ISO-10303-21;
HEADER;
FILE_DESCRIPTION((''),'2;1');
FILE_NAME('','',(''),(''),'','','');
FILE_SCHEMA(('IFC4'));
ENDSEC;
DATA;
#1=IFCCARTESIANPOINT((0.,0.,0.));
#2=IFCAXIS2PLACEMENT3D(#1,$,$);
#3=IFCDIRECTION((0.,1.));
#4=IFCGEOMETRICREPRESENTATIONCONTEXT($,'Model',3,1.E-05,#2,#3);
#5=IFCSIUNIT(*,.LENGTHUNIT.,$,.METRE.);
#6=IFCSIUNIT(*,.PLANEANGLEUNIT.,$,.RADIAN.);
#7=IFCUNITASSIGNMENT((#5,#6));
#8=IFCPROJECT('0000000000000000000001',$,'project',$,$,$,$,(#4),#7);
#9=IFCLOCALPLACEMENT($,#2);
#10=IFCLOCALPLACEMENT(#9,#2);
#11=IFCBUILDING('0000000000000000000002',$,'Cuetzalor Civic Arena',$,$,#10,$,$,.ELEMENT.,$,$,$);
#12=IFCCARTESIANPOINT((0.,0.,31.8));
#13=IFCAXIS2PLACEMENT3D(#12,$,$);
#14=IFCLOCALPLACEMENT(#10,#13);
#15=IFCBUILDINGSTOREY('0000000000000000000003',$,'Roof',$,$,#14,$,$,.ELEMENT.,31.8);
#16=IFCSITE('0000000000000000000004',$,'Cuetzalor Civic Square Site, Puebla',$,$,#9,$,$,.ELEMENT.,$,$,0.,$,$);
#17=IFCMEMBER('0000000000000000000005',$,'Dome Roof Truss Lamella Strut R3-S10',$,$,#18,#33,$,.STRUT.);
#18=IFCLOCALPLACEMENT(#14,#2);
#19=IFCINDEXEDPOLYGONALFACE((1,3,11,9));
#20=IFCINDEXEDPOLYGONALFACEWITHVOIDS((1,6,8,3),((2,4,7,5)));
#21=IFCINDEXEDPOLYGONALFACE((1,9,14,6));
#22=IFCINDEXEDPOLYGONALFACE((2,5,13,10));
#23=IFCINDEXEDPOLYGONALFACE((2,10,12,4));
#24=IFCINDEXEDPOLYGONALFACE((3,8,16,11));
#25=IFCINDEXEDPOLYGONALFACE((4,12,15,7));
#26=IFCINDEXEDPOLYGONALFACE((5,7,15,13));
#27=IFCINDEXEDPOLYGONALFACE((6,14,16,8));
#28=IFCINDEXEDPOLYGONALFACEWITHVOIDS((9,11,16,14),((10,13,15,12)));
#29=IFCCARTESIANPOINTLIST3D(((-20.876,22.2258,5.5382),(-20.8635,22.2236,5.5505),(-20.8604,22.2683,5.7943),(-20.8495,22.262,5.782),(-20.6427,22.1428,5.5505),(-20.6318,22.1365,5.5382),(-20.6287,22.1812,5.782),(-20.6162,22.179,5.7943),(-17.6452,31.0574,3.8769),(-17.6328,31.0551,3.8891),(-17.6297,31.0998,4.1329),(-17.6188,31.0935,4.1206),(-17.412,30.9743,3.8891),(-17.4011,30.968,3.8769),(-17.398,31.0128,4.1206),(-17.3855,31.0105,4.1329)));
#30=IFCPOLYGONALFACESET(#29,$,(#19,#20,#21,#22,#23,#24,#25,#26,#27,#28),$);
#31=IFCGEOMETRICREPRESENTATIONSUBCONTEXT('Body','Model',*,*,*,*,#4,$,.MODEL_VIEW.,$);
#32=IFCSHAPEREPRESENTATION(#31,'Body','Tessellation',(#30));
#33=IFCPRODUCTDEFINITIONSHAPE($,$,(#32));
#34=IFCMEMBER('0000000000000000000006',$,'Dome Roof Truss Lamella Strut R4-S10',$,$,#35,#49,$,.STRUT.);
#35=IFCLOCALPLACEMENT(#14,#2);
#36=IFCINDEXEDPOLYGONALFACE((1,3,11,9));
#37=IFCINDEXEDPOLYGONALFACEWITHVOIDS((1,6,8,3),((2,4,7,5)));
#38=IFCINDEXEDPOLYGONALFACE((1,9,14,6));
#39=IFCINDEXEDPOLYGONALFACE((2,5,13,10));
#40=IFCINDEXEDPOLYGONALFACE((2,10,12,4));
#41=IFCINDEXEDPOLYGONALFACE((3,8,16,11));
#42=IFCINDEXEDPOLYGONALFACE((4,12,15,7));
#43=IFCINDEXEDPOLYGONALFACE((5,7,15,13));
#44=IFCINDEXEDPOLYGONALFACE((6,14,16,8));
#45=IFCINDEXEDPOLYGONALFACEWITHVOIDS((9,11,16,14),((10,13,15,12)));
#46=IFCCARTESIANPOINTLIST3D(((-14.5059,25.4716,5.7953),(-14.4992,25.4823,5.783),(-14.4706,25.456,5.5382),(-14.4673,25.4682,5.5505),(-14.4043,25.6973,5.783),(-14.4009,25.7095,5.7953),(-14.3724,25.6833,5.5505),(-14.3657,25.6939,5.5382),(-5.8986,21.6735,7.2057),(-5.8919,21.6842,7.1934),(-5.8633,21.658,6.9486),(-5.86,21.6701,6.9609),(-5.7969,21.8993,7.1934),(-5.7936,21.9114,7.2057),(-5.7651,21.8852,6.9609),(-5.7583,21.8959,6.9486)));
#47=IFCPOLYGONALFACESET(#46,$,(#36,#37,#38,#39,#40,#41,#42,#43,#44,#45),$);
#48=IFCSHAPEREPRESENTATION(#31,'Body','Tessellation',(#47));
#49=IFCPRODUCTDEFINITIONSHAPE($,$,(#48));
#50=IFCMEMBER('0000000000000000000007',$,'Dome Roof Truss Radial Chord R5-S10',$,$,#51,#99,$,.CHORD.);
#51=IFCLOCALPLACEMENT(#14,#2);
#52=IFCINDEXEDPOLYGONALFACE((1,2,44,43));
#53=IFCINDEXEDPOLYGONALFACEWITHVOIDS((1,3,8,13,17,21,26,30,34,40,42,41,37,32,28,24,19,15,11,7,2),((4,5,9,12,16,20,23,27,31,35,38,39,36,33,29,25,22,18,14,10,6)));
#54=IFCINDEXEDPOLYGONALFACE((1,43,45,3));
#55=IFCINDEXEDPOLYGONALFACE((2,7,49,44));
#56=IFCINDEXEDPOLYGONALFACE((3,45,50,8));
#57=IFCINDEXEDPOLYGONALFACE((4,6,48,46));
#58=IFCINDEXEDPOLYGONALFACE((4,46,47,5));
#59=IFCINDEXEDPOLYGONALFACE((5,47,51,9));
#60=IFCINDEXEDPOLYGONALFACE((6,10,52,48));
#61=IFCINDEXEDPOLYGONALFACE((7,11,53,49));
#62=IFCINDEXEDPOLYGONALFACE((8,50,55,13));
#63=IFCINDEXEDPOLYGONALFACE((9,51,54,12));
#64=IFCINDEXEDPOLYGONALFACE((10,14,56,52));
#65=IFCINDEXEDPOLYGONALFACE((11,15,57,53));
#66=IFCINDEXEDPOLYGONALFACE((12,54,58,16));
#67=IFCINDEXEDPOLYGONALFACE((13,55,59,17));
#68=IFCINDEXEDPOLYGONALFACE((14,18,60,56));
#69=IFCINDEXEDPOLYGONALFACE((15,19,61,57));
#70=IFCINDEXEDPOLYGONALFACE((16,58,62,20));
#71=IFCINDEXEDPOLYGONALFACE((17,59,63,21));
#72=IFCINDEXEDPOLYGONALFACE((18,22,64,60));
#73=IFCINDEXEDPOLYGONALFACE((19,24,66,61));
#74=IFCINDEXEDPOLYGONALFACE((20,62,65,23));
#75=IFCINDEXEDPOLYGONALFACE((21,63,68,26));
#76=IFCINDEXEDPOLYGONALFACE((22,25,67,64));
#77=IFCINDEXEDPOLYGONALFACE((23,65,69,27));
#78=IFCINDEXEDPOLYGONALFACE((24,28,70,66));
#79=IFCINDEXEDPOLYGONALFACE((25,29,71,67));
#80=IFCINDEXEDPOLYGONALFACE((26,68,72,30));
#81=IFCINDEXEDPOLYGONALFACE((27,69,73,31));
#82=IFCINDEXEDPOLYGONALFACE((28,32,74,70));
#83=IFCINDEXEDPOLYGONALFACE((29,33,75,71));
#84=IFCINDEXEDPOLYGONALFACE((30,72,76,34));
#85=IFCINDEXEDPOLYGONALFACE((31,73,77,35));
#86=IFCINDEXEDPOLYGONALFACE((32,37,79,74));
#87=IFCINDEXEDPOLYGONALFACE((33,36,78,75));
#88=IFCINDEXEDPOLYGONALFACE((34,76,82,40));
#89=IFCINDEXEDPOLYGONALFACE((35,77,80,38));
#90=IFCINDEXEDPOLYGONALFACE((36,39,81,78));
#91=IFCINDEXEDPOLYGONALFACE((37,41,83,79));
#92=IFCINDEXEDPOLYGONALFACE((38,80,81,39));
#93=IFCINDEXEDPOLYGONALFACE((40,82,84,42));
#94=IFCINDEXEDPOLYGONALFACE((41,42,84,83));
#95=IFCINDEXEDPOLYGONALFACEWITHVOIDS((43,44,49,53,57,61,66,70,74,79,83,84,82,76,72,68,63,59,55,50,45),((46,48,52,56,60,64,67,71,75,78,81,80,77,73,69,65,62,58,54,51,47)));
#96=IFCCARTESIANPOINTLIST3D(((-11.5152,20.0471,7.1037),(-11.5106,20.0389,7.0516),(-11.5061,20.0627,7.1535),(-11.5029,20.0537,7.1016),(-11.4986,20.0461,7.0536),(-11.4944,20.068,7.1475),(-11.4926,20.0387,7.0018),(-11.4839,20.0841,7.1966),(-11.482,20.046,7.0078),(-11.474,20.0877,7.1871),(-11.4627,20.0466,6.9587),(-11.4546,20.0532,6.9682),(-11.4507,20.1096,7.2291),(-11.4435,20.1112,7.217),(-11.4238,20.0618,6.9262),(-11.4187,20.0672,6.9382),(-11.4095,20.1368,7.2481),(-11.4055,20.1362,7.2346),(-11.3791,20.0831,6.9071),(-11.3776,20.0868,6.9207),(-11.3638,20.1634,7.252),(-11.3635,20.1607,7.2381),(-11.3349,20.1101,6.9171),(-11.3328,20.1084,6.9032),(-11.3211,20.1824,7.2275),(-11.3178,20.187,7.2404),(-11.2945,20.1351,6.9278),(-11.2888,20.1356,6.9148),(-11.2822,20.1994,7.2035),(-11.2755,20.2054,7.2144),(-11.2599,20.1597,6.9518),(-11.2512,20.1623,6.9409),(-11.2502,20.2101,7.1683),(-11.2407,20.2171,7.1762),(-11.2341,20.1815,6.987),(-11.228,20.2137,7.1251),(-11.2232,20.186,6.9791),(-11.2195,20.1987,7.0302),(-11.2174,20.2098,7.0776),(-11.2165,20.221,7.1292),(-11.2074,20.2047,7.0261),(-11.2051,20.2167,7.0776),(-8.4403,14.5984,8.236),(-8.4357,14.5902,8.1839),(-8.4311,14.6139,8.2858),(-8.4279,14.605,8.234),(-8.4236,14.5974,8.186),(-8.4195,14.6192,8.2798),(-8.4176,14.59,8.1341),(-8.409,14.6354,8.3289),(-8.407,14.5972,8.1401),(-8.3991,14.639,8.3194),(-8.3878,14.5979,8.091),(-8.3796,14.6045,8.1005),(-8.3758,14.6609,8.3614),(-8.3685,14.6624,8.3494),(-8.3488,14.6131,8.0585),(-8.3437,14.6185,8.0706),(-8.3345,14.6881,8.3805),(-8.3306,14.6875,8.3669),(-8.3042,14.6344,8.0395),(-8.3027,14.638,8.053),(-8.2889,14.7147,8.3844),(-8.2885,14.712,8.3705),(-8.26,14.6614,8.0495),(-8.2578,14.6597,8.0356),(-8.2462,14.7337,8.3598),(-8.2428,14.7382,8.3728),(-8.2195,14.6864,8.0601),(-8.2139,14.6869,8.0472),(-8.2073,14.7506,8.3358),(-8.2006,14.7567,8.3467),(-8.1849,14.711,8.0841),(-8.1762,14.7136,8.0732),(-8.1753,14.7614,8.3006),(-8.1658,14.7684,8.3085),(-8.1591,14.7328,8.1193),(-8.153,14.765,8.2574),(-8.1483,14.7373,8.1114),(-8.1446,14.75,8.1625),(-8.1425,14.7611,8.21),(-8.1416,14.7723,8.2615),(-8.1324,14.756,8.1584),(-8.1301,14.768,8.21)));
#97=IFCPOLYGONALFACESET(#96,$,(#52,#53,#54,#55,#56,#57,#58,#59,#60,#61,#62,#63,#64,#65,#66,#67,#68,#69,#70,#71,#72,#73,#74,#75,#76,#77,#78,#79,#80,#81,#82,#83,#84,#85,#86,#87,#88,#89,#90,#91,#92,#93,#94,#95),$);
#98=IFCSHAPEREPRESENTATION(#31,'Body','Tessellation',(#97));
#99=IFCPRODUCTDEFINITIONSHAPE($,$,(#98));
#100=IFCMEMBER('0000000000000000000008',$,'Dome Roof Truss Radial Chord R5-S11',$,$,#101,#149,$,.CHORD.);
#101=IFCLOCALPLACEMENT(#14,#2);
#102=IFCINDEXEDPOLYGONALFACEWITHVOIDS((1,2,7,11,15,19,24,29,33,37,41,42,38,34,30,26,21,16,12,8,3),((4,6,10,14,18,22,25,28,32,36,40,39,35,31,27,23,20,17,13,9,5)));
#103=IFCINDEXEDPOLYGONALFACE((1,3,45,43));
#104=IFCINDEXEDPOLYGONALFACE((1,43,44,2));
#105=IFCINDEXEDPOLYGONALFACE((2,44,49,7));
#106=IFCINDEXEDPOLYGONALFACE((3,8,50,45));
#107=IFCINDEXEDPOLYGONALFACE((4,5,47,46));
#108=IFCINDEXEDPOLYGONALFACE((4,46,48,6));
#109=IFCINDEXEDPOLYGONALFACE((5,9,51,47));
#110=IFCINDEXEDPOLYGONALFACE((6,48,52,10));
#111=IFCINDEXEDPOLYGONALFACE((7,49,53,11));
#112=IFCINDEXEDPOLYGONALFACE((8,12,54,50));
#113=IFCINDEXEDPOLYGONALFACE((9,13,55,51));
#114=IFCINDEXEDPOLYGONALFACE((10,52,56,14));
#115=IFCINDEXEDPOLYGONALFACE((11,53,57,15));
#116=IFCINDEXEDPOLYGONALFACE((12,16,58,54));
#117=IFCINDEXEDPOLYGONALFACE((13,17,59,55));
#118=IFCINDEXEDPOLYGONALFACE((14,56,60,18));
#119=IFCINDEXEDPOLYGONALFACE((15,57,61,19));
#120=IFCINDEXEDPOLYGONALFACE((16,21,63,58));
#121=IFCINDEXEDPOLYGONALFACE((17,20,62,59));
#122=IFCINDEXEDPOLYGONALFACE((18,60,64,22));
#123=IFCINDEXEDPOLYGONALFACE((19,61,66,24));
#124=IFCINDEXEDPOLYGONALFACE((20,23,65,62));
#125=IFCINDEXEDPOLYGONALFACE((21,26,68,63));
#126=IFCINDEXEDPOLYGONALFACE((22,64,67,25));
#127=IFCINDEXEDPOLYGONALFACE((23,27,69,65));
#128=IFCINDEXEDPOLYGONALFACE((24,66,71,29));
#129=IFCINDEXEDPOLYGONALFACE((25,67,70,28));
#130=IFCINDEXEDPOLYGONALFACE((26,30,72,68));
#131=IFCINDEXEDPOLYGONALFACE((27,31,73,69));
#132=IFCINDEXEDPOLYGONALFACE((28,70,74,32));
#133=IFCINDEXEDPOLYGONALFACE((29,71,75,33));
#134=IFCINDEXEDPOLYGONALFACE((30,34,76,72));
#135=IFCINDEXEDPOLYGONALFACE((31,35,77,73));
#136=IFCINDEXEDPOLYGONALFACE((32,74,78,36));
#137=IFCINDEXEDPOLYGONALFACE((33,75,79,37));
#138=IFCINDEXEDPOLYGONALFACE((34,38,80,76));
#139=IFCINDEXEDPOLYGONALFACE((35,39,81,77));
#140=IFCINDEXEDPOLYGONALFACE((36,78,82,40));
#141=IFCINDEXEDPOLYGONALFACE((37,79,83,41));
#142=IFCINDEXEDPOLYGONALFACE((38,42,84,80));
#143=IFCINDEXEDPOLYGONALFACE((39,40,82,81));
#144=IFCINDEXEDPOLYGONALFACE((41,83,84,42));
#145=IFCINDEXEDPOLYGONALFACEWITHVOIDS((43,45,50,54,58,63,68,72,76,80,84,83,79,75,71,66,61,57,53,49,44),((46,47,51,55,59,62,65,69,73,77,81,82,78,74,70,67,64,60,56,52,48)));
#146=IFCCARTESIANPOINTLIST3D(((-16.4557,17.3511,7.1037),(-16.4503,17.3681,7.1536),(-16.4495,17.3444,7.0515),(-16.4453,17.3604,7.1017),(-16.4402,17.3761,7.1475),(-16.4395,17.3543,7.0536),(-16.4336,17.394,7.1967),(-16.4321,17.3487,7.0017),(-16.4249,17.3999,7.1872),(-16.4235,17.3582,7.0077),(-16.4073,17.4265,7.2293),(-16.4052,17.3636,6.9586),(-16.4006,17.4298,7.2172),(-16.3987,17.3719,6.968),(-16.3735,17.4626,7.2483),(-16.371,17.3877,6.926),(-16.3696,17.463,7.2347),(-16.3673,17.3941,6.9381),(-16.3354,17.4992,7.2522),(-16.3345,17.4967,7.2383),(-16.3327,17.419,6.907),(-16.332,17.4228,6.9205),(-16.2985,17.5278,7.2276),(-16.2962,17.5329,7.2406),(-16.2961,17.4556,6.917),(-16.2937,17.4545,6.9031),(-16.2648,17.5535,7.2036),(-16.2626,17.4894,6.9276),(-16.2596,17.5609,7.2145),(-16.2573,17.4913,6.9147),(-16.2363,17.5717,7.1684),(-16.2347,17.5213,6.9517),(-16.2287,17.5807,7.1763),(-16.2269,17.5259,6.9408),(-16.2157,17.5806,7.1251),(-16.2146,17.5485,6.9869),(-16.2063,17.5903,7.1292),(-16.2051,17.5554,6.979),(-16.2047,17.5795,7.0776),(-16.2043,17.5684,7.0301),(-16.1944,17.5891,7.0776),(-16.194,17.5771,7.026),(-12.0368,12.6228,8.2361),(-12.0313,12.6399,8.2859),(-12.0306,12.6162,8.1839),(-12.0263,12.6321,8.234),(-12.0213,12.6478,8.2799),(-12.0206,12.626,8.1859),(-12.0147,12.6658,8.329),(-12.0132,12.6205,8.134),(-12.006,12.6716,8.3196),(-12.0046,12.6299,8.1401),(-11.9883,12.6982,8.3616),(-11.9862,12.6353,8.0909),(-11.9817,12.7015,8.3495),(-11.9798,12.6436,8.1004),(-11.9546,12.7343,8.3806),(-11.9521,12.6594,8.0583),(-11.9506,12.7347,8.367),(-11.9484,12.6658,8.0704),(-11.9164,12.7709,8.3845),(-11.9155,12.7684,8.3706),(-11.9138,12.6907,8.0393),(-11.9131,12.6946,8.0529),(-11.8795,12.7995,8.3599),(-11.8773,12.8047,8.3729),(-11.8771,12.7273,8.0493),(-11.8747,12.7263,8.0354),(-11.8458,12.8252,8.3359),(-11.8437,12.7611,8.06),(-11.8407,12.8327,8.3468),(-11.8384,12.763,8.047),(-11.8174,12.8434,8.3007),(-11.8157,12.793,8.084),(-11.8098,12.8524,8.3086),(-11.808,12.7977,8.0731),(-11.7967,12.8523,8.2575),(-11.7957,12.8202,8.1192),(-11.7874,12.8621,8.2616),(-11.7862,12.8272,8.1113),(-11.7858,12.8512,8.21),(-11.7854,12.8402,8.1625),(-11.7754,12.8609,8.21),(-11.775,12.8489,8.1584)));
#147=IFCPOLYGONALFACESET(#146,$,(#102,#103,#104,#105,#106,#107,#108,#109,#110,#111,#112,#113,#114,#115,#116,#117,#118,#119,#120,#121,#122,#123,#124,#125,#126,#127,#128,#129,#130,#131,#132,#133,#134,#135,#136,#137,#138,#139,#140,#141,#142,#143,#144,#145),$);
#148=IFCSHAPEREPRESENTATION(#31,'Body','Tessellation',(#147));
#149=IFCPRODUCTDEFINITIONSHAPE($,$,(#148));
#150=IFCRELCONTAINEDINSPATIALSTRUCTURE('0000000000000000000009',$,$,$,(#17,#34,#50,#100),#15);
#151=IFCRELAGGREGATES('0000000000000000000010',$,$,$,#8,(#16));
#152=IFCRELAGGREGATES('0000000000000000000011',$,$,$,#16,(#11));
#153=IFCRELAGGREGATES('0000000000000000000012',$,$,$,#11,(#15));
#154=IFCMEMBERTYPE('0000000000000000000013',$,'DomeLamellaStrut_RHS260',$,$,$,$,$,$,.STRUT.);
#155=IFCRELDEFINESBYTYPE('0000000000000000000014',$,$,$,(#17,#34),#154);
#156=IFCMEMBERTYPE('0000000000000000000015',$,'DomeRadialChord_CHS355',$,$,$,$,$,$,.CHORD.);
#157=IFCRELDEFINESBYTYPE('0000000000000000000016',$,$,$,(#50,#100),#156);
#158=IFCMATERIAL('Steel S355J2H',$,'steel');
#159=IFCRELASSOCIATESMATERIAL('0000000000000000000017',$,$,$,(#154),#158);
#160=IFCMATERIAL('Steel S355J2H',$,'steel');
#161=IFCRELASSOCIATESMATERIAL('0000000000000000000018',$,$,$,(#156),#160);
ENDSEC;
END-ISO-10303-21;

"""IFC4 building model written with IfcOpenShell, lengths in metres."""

from ifc_helpers import new_model, si_unit, direction, frame, origin, origin_2d, place, context, subcontext, project, spatial, hollow_rectangle, hollow_circle, extrude, material, material_profile, profile_set, type_object, element, save


model = new_model("IFC4")

# Units and contexts
model_context = context("Model", 3, precision=1e-05, world=origin(), true_north=direction((0.0, 1.0)))
body_context = subcontext(model_context, "Body", "Model", "MODEL_VIEW")
ifc_project = project(units=[si_unit("LENGTHUNIT", "METRE"), si_unit("PLANEANGLEUNIT", "RADIAN")], contexts=[model_context])

# Site, building, storey
site_placement = place(None, origin())
site = spatial("IfcSite", under=ifc_project, at=site_placement, Name="Cuetzalor Civic Square Site, Puebla", CompositionType="ELEMENT", RefElevation=0.0)
building_placement = place(site_placement, origin())
building = spatial("IfcBuilding", under=site, at=building_placement, Name="Cuetzalor Civic Arena", CompositionType="ELEMENT")
storey_placement = place(building_placement, frame((0.0, 0.0, 31.8)))
storey = spatial("IfcBuildingStorey", under=building, at=storey_placement, Name="Roof", CompositionType="ELEMENT", Elevation=31.8)

# Members
ifc_material_1 = material(Name="Steel S355J2H", Category="steel")
ifc_material_profile_1 = material_profile(ifc_material_1, hollow_rectangle(XDim=0.26, YDim=0.26, WallThickness=0.0125, at=origin_2d()), Name="RHS 260x260x12.5")
ifc_profile_set_1 = profile_set([ifc_material_profile_1], Name="Steel S355J2H")
member_type_1 = type_object("IfcMemberType", Name="DomeLamellaStrut_RHS260", PredefinedType="STRUT", material=ifc_profile_set_1)
member_1_placement = place(storey_placement, frame((-17.5154, 31.0339, 4.0049), z_axis=(-0.338311, -0.924813, 0.173974), x_axis=(0.939134, -0.34355, 0.0)))
element("IfcMember", 1, at=member_1_placement, inside=storey, type_object=member_type_1, Name="Dome Roof Truss Lamella Strut R3-S10", PredefinedType="STRUT", context=body_context, shape_type="SweptSolid", body=[
    extrude(hollow_rectangle(XDim=0.26, YDim=0.26, WallThickness=0.0125, at=origin_2d()), origin(), (0.0, 0.0, 1.0), 9.5496),
])
member_2_placement = place(storey_placement, frame((-14.4358, 25.5828, 5.6667), z_axis=(0.90478, -0.399242, 0.148256), x_axis=(0.403703, 0.91489, 0.0)))
element("IfcMember", 2, at=member_2_placement, inside=storey, type_object=member_type_1, Name="Dome Roof Truss Lamella Strut R4-S10", PredefinedType="STRUT", context=body_context, shape_type="SweptSolid", body=[
    extrude(hollow_rectangle(XDim=0.26, YDim=0.26, WallThickness=0.0125, at=origin_2d()), origin(), (0.0, 0.0, 1.0), 9.5132),
])
ifc_material_2 = material(Name="Steel S355J2H", Category="steel")
ifc_material_profile_2 = material_profile(ifc_material_2, hollow_circle(Radius=0.1777, WallThickness=0.0142, at=origin_2d()), Name="CHS 355.6x14.2")
ifc_profile_set_2 = profile_set([ifc_material_profile_2], Name="Steel S355J2H")
member_type_2 = type_object("IfcMemberType", Name="DomeRadialChord_CHS355", PredefinedType="CHORD", material=ifc_profile_set_2)
member_3_placement = place(storey_placement, frame((-11.3599, 20.1294, 7.0776), z_axis=(0.483623, -0.856967, 0.17809), x_axis=(0.870889, 0.49148, 0.0)))
element("IfcMember", 3, at=member_3_placement, inside=storey, type_object=member_type_2, Name="Dome Roof Truss Radial Chord R5-S10", PredefinedType="CHORD", context=body_context, shape_type="SweptSolid", body=[
    extrude(hollow_circle(Radius=0.1777, WallThickness=0.0142, at=origin_2d()), origin(), (0.0, 0.0, 1.0), 6.3582),
])
member_4_placement = place(storey_placement, frame((-16.3242, 17.4678, 7.0776), z_axis=(0.672588, -0.719669, 0.172346), x_axis=(0.730601, 0.682805, 0.0)))
element("IfcMember", 4, at=member_4_placement, inside=storey, type_object=member_type_2, Name="Dome Roof Truss Radial Chord R5-S11", PredefinedType="CHORD", context=body_context, shape_type="SweptSolid", body=[
    extrude(hollow_circle(Radius=0.1777, WallThickness=0.0142, at=origin_2d()), origin(), (0.0, 0.0, 1.0), 6.5701),
])

save(model, "model.ifc")
